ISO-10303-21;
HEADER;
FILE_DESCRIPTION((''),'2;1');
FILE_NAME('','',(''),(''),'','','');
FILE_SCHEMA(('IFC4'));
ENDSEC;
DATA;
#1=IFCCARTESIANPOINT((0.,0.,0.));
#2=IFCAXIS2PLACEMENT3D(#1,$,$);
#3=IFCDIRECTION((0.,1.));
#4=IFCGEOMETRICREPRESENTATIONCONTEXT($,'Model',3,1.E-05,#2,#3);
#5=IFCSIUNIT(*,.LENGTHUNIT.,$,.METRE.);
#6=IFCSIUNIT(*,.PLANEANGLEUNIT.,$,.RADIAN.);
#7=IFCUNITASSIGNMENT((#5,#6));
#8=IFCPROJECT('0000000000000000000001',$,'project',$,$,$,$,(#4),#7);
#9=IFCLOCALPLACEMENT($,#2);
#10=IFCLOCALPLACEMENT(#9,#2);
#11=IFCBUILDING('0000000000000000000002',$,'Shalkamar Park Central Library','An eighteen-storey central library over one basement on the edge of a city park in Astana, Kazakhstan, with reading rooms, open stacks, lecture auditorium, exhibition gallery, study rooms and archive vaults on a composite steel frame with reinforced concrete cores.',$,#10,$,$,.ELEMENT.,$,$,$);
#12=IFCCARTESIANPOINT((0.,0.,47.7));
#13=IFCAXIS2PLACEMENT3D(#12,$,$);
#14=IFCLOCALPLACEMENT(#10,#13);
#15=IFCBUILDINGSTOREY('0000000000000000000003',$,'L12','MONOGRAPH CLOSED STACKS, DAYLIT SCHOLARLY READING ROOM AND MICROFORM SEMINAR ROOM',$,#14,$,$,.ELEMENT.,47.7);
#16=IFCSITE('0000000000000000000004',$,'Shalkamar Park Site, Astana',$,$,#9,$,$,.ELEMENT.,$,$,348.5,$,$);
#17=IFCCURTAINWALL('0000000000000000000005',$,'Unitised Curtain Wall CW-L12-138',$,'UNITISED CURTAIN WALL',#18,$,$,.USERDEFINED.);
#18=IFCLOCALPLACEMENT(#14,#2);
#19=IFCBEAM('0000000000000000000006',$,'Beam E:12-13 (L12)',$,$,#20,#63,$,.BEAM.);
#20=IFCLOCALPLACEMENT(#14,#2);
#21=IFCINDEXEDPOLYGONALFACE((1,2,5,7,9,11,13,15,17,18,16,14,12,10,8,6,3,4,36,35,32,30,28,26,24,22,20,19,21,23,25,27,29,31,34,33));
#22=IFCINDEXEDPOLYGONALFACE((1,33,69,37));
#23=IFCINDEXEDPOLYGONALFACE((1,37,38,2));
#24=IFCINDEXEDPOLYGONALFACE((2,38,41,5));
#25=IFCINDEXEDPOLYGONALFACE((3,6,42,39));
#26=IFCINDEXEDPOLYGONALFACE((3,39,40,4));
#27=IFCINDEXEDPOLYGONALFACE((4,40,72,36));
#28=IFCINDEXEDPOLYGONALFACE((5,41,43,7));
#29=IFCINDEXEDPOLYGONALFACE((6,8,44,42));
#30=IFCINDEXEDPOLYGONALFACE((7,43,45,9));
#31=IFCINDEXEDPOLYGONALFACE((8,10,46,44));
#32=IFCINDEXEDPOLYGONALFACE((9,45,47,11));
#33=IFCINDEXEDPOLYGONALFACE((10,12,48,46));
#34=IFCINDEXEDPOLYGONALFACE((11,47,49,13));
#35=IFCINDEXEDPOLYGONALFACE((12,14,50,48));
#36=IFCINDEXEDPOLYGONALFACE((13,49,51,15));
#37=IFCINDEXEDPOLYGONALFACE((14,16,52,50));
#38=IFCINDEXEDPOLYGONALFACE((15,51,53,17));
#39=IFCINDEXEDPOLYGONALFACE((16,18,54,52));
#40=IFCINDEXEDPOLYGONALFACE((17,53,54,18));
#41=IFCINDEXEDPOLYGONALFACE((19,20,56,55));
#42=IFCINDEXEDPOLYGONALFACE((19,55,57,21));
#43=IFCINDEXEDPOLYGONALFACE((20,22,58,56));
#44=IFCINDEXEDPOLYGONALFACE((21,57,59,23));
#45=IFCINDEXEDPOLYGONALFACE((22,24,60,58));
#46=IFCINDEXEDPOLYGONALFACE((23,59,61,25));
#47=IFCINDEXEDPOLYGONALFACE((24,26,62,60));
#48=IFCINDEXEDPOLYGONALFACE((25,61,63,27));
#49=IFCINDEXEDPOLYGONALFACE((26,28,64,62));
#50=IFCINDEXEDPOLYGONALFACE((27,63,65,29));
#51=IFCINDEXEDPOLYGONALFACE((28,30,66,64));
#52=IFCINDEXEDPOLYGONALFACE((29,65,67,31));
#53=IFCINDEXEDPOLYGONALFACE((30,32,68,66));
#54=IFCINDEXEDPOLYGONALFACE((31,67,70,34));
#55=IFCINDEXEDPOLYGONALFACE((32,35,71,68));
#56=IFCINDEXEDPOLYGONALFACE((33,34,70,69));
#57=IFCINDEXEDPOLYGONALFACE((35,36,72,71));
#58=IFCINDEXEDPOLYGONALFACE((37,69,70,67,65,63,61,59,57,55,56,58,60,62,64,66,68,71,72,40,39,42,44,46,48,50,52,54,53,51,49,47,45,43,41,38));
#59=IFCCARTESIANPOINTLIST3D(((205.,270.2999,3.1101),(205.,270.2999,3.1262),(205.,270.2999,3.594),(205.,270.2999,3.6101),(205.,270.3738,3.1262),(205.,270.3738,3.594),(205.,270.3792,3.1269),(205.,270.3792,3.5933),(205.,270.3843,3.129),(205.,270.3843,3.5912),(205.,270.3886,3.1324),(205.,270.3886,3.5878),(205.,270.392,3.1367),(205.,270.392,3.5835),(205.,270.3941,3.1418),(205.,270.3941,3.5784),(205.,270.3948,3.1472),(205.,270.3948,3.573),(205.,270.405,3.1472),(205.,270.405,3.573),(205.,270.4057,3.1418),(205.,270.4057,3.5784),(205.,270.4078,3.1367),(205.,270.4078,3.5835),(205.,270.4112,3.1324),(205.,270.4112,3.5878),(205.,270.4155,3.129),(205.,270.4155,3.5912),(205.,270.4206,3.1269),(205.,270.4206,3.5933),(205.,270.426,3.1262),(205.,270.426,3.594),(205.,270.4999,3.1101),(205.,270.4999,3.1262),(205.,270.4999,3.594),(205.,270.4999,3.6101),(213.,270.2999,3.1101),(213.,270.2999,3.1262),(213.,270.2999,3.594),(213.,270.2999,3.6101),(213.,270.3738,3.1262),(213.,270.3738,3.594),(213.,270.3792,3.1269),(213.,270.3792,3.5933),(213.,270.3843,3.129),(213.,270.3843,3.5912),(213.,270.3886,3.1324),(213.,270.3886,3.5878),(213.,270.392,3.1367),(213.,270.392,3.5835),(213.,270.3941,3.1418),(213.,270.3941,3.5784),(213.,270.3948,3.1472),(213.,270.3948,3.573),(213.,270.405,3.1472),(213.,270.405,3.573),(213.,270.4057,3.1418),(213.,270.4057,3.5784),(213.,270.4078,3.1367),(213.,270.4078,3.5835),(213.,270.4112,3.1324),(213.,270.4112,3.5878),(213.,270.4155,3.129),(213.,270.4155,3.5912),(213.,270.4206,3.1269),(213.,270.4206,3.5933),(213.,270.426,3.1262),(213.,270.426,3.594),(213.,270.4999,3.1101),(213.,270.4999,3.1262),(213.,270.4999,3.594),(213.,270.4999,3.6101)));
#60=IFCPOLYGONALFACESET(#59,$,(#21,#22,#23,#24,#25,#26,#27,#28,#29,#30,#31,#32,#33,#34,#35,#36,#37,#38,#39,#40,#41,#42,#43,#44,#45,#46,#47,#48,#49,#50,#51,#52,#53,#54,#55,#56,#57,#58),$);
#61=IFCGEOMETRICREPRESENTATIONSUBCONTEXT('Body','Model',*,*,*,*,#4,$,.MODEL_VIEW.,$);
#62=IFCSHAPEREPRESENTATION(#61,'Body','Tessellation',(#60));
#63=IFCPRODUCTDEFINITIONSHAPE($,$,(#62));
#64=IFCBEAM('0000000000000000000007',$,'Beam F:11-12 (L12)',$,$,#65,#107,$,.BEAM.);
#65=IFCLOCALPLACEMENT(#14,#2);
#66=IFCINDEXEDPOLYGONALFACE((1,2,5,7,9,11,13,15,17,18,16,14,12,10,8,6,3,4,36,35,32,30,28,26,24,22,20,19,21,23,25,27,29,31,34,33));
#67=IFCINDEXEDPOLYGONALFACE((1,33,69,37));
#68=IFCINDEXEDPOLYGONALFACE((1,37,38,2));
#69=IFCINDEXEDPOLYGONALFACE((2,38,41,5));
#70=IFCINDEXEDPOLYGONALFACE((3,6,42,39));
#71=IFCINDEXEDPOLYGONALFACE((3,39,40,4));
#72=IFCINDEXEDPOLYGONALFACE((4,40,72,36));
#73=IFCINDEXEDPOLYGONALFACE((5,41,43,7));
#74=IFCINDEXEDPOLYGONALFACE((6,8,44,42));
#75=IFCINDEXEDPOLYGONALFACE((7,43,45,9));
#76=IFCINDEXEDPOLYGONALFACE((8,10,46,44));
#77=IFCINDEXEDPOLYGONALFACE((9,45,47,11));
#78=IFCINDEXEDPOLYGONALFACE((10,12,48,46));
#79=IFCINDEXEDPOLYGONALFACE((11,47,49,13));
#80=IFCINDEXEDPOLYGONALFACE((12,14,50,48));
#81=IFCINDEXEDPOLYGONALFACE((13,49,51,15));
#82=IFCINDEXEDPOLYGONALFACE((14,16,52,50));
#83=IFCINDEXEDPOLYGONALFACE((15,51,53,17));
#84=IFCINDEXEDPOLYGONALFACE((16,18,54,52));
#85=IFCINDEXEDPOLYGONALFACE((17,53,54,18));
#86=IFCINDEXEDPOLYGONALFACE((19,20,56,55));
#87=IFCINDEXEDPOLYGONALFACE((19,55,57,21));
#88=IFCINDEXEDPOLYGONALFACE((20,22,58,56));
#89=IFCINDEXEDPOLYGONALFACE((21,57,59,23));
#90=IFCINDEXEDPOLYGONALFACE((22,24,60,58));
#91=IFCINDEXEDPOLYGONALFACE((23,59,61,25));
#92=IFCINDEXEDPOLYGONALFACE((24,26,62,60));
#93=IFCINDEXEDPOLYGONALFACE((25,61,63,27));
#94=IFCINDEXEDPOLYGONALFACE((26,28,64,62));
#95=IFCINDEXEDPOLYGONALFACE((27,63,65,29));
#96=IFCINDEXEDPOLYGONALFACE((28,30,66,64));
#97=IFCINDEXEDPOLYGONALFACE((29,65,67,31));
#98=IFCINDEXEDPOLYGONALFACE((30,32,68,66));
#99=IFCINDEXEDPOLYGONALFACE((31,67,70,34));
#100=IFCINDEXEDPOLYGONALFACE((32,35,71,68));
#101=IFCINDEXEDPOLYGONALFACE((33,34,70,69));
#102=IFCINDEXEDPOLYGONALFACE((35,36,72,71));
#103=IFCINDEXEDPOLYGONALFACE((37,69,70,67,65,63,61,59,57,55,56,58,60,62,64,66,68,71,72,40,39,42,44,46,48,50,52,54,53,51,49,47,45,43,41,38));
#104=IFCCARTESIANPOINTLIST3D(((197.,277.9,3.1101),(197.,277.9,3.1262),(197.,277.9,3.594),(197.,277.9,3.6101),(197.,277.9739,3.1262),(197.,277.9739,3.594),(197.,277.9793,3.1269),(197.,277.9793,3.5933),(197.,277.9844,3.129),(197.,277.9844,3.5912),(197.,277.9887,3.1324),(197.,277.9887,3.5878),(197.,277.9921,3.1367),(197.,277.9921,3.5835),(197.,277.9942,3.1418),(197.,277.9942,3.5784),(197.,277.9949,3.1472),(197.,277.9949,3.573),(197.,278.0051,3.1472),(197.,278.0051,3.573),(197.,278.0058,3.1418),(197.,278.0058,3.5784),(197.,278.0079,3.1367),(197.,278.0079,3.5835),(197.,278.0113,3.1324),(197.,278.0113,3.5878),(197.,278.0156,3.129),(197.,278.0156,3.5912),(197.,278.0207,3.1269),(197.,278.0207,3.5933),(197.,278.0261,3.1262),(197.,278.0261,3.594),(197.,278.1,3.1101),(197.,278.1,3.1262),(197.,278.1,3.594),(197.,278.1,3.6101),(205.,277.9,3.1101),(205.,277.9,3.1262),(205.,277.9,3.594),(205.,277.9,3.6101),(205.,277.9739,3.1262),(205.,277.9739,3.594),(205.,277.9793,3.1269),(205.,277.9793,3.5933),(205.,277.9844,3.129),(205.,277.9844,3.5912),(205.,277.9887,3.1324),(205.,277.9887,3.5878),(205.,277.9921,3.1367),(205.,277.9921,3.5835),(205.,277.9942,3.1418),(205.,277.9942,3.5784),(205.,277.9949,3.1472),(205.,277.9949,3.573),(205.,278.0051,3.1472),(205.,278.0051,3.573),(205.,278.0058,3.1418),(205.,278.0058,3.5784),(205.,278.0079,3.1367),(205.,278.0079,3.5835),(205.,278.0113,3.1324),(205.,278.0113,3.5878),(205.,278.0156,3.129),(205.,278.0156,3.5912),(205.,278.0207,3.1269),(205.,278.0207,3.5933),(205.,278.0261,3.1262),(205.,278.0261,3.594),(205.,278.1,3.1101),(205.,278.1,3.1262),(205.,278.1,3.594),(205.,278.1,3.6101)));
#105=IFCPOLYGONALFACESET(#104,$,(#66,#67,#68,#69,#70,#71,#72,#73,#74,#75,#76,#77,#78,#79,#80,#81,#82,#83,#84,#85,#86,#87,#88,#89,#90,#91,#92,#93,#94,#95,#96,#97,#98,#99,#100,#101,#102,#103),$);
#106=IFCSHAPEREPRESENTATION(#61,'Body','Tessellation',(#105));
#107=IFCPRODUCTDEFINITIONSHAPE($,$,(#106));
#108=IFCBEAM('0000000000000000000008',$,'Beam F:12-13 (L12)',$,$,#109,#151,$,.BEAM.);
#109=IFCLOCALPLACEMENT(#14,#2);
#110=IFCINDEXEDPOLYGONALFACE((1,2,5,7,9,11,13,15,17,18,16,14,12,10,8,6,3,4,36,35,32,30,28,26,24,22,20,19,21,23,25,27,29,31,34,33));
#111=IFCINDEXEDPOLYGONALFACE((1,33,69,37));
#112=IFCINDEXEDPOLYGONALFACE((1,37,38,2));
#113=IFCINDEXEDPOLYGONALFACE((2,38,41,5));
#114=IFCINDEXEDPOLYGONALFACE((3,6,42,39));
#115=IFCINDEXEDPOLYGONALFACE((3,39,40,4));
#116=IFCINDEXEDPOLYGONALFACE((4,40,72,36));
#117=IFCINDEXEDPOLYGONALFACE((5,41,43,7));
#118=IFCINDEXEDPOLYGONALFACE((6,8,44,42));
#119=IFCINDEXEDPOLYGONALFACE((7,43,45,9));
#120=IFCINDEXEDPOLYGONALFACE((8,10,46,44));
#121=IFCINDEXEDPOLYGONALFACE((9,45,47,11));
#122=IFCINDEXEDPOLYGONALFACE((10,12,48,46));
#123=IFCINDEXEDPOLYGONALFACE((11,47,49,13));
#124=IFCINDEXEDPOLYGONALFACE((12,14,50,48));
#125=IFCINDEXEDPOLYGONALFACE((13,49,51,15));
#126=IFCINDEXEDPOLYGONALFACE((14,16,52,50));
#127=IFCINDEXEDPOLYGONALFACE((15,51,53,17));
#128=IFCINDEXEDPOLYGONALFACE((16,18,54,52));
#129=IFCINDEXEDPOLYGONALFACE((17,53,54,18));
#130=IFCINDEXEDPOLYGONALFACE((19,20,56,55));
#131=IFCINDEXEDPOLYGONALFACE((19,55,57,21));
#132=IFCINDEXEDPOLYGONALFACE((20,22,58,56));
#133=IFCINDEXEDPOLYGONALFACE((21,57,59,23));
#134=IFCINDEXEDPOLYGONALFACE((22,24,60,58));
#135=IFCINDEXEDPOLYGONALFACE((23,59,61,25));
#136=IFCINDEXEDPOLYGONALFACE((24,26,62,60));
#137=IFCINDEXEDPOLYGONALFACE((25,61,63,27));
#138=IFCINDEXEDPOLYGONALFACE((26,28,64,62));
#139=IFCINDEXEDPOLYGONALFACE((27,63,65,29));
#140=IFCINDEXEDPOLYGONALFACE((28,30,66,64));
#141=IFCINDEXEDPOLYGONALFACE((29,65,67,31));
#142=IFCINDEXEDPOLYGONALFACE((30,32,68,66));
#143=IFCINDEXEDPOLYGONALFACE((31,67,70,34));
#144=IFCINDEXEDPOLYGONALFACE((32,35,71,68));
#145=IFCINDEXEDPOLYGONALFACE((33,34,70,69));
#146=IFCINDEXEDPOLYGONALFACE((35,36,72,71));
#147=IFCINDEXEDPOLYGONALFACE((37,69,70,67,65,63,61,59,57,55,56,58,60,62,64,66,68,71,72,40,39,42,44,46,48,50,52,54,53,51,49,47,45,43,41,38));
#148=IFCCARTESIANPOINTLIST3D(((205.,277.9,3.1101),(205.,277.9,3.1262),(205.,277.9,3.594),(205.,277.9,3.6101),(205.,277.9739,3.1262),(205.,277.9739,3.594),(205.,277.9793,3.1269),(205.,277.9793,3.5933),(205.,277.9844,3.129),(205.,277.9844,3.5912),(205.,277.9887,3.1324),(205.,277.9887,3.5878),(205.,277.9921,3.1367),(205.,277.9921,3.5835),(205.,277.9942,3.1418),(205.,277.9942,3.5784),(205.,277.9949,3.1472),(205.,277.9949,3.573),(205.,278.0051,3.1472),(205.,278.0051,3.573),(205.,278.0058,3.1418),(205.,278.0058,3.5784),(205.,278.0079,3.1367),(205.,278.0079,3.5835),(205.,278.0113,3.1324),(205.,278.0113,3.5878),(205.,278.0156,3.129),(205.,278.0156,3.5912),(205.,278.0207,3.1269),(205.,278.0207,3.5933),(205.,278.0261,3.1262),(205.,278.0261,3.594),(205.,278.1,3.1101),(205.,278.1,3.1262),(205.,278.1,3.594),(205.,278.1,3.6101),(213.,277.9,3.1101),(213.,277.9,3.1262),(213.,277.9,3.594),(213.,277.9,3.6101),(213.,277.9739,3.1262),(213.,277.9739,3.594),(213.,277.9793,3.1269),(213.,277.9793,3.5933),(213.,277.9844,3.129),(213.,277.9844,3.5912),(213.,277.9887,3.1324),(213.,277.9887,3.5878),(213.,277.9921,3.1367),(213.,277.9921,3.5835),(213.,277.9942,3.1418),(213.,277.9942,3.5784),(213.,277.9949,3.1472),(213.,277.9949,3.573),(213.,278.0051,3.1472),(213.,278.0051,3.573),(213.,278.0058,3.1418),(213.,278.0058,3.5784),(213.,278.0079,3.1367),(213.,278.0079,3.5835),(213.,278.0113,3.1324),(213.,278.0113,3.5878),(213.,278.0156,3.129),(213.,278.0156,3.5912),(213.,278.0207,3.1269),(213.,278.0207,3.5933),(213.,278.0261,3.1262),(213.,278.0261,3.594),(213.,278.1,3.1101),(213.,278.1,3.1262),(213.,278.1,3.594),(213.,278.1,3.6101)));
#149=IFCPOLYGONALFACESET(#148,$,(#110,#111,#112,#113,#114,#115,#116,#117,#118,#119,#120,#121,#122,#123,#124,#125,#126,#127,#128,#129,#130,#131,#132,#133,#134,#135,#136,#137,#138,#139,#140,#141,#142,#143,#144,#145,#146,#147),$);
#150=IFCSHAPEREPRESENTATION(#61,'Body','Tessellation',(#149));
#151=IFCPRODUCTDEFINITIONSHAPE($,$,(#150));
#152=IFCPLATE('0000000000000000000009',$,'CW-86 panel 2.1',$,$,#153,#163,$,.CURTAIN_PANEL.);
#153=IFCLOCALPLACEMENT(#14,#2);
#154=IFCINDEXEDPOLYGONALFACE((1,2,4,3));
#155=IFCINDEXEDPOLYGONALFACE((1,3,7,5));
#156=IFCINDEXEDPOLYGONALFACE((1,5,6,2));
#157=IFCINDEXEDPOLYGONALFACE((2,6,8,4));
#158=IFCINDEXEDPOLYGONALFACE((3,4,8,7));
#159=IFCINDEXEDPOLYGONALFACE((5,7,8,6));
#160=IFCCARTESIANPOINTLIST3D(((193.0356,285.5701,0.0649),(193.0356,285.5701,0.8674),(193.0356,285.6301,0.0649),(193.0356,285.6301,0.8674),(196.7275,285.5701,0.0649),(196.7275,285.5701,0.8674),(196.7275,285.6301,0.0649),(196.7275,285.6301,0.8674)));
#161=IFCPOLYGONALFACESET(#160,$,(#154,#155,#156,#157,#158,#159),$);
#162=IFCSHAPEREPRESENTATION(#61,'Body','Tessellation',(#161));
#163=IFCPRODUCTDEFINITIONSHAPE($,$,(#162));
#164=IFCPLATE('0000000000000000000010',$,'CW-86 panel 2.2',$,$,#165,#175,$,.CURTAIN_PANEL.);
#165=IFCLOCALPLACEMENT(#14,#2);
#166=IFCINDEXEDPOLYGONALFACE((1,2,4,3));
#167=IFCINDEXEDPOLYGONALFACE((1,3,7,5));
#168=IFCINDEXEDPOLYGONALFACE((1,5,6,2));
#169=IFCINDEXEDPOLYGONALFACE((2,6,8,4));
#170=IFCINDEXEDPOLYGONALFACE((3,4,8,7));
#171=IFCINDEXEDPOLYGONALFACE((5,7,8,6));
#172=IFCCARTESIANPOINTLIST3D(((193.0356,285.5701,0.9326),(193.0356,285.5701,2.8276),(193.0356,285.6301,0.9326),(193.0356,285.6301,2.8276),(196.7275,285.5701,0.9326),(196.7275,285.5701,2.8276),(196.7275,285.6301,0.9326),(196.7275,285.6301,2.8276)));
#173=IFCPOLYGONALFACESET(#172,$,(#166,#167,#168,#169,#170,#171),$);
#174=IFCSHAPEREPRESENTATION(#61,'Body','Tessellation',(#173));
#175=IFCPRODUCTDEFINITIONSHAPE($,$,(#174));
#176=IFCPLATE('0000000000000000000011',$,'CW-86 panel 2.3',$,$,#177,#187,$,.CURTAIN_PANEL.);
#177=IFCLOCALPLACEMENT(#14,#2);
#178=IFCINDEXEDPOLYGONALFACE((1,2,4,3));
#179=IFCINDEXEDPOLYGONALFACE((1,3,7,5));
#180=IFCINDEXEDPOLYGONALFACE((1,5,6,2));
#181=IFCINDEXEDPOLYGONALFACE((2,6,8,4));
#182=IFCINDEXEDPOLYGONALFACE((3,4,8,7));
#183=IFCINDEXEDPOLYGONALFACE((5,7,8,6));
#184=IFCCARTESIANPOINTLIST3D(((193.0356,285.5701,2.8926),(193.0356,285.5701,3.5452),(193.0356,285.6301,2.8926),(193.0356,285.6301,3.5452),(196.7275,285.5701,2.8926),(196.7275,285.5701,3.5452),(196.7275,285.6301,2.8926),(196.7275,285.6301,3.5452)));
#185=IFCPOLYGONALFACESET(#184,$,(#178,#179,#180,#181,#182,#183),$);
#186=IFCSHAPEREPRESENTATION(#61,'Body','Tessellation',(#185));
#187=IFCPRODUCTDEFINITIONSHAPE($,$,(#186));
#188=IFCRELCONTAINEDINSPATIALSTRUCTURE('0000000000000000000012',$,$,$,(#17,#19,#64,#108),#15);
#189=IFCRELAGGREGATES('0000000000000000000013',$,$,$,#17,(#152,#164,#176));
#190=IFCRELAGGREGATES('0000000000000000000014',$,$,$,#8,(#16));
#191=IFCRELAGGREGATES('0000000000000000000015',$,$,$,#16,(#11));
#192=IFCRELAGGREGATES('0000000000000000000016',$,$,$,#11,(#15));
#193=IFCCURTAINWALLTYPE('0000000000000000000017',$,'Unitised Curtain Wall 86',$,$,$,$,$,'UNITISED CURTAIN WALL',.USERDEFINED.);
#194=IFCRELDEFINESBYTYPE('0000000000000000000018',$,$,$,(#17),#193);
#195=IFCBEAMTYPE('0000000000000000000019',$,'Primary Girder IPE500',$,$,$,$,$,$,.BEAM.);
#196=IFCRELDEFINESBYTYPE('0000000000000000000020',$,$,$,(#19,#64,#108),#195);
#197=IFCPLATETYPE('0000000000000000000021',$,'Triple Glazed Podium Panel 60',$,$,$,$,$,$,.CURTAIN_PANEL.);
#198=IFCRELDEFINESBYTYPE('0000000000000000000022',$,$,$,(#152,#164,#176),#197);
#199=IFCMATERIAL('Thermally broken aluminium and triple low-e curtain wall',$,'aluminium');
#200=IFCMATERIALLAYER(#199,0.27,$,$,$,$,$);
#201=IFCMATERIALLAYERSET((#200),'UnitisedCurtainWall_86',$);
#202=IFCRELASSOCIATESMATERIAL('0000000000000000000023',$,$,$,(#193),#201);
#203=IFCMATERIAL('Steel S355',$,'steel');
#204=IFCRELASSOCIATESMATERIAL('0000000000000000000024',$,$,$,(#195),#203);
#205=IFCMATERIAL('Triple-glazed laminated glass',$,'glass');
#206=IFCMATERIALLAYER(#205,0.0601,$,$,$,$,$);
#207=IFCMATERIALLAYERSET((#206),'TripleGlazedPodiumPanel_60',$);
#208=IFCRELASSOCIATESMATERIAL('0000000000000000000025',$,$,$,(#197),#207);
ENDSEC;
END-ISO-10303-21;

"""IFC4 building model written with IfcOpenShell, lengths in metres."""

from ifc_helpers import new_model, si_unit, direction, frame, origin, origin_2d, place, context, subcontext, project, spatial, rectangle, i_section, extrude, material, layer, layer_set, material_profile, profile_set, type_object, element, aggregate, save


model = new_model("IFC4")

# Units and contexts
model_context = context("Model", 3, precision=1e-05, world=origin(), true_north=direction((0.0, 1.0)))
body_context = subcontext(model_context, "Body", "Model", "MODEL_VIEW")
ifc_project = project(units=[si_unit("LENGTHUNIT", "METRE"), si_unit("PLANEANGLEUNIT", "RADIAN")], contexts=[model_context])

# Site, building, storey
site_placement = place(None, origin())
site = spatial("IfcSite", under=ifc_project, at=site_placement, Name="Shalkamar Park Site, Astana", CompositionType="ELEMENT", RefElevation=348.5)
building_placement = place(site_placement, origin())
building = spatial("IfcBuilding", under=site, at=building_placement, Name="Shalkamar Park Central Library", Description="An eighteen-storey central library over one basement on the edge of a city park in Astana, Kazakhstan, with reading rooms, open stacks, lecture auditorium, exhibition gallery, study rooms and archive vaults on a composite steel frame with reinforced concrete cores.", CompositionType="ELEMENT")
storey_placement = place(building_placement, frame((0.0, 0.0, 47.7)))
storey = spatial("IfcBuildingStorey", under=building, at=storey_placement, Name="L12", Description="MONOGRAPH CLOSED STACKS, DAYLIT SCHOLARLY READING ROOM AND MICROFORM SEMINAR ROOM", CompositionType="ELEMENT", Elevation=47.7)

# Shared definitions
ifc_material_1 = material(Name="Steel S355", Category="steel")

# Curtain wall
ifc_material_2 = material(Name="Thermally broken aluminium and triple low-e curtain wall", Category="aluminium")
ifc_layer_1 = layer(ifc_material_2, 0.27)
ifc_layer_set_1 = layer_set([ifc_layer_1], Name="UnitisedCurtainWall_86")
curtain_wall_type = type_object("IfcCurtainWallType", Name="Unitised Curtain Wall 86", ElementType="UNITISED CURTAIN WALL", PredefinedType="USERDEFINED", material=ifc_layer_set_1)
curtain_wall_placement = place(storey_placement, origin())
curtain_wall = element("IfcCurtainWall", 1, at=curtain_wall_placement, inside=storey, type_object=curtain_wall_type, Name="Unitised Curtain Wall CW-L12-138", ObjectType="UNITISED CURTAIN WALL", PredefinedType="USERDEFINED")

# Beams
ifc_material_profile_1 = material_profile(ifc_material_1, i_section(OverallWidth=0.2, OverallDepth=0.5, WebThickness=0.0103, FlangeThickness=0.0161, FilletRadius=0.021, at=origin_2d()), Name="IPE 500")
ifc_profile_set_1 = profile_set([ifc_material_profile_1], Name="Steel S355")
beam_type_1 = type_object("IfcBeamType", Name="Primary Girder IPE500", PredefinedType="BEAM", material=ifc_profile_set_1)
for number, where, z_axis, x_axis, name in (
    (2, (205.0, 270.3999, 3.3601), (1.0, 0.0, 0.0), (0.0, 1.0, 0.0), "Beam E:12-13 (L12)"),
    (3, (197.0, 278.0, 3.3601), (1.0, 0.0, 0.0), (0.0, 1.0, 0.0), "Beam F:11-12 (L12)"),
    (4, (205.0, 278.0, 3.3601), (1.0, 0.0, 0.0), (0.0, 1.0, 0.0), "Beam F:12-13 (L12)"),
):
    element("IfcBeam", number, at=place(storey_placement, frame(where, z_axis=z_axis, x_axis=x_axis)), inside=storey, type_object=beam_type_1, Name=name, PredefinedType="BEAM", context=body_context, shape_type="SweptSolid", body=[
        extrude(i_section(OverallWidth=0.2, OverallDepth=0.5, WebThickness=0.0103, FlangeThickness=0.0161, FilletRadius=0.021, at=origin_2d()), origin(), (0.0, 0.0, 1.0), 8.0),
    ])

# Plates
ifc_material_3 = material(Name="Triple-glazed laminated glass", Category="glass")
ifc_layer_2 = layer(ifc_material_3, 0.0601)
ifc_layer_set_2 = layer_set([ifc_layer_2], Name="TripleGlazedPodiumPanel_60")
plate_type = type_object("IfcPlateType", Name="Triple Glazed Podium Panel 60", PredefinedType="CURTAIN_PANEL", material=ifc_layer_set_2)
plate_1_placement = place(storey_placement, frame((194.8816, 285.6001, 0.0649), z_axis=(0.0, 0.0, 1.0), x_axis=(1.0, 0.0, 0.0)))
plate_1 = element("IfcPlate", 5, at=plate_1_placement, type_object=plate_type, Name="CW-86 panel 2.1", PredefinedType="CURTAIN_PANEL", context=body_context, shape_type="SweptSolid", body=[
    extrude(rectangle(XDim=3.6919, YDim=0.0601, at=origin_2d()), origin(), (0.0, 0.0, 1.0), 0.8025),
])
plate_2_placement = place(storey_placement, frame((194.8816, 285.6001, 0.9326), z_axis=(0.0, 0.0, 1.0), x_axis=(1.0, 0.0, 0.0)))
plate_2 = element("IfcPlate", 6, at=plate_2_placement, type_object=plate_type, Name="CW-86 panel 2.2", PredefinedType="CURTAIN_PANEL", context=body_context, shape_type="SweptSolid", body=[
    extrude(rectangle(XDim=3.6919, YDim=0.0601, at=origin_2d()), origin(), (0.0, 0.0, 1.0), 1.895),
])
plate_3_placement = place(storey_placement, frame((194.8816, 285.6001, 2.8926), z_axis=(0.0, 0.0, 1.0), x_axis=(1.0, 0.0, 0.0)))
plate_3 = element("IfcPlate", 7, at=plate_3_placement, type_object=plate_type, Name="CW-86 panel 2.3", PredefinedType="CURTAIN_PANEL", context=body_context, shape_type="SweptSolid", body=[
    extrude(rectangle(XDim=3.6919, YDim=0.0601, at=origin_2d()), origin(), (0.0, 0.0, 1.0), 0.6526),
])
aggregate(curtain_wall, [plate_1, plate_2, plate_3])

save(model, "model.ifc")
